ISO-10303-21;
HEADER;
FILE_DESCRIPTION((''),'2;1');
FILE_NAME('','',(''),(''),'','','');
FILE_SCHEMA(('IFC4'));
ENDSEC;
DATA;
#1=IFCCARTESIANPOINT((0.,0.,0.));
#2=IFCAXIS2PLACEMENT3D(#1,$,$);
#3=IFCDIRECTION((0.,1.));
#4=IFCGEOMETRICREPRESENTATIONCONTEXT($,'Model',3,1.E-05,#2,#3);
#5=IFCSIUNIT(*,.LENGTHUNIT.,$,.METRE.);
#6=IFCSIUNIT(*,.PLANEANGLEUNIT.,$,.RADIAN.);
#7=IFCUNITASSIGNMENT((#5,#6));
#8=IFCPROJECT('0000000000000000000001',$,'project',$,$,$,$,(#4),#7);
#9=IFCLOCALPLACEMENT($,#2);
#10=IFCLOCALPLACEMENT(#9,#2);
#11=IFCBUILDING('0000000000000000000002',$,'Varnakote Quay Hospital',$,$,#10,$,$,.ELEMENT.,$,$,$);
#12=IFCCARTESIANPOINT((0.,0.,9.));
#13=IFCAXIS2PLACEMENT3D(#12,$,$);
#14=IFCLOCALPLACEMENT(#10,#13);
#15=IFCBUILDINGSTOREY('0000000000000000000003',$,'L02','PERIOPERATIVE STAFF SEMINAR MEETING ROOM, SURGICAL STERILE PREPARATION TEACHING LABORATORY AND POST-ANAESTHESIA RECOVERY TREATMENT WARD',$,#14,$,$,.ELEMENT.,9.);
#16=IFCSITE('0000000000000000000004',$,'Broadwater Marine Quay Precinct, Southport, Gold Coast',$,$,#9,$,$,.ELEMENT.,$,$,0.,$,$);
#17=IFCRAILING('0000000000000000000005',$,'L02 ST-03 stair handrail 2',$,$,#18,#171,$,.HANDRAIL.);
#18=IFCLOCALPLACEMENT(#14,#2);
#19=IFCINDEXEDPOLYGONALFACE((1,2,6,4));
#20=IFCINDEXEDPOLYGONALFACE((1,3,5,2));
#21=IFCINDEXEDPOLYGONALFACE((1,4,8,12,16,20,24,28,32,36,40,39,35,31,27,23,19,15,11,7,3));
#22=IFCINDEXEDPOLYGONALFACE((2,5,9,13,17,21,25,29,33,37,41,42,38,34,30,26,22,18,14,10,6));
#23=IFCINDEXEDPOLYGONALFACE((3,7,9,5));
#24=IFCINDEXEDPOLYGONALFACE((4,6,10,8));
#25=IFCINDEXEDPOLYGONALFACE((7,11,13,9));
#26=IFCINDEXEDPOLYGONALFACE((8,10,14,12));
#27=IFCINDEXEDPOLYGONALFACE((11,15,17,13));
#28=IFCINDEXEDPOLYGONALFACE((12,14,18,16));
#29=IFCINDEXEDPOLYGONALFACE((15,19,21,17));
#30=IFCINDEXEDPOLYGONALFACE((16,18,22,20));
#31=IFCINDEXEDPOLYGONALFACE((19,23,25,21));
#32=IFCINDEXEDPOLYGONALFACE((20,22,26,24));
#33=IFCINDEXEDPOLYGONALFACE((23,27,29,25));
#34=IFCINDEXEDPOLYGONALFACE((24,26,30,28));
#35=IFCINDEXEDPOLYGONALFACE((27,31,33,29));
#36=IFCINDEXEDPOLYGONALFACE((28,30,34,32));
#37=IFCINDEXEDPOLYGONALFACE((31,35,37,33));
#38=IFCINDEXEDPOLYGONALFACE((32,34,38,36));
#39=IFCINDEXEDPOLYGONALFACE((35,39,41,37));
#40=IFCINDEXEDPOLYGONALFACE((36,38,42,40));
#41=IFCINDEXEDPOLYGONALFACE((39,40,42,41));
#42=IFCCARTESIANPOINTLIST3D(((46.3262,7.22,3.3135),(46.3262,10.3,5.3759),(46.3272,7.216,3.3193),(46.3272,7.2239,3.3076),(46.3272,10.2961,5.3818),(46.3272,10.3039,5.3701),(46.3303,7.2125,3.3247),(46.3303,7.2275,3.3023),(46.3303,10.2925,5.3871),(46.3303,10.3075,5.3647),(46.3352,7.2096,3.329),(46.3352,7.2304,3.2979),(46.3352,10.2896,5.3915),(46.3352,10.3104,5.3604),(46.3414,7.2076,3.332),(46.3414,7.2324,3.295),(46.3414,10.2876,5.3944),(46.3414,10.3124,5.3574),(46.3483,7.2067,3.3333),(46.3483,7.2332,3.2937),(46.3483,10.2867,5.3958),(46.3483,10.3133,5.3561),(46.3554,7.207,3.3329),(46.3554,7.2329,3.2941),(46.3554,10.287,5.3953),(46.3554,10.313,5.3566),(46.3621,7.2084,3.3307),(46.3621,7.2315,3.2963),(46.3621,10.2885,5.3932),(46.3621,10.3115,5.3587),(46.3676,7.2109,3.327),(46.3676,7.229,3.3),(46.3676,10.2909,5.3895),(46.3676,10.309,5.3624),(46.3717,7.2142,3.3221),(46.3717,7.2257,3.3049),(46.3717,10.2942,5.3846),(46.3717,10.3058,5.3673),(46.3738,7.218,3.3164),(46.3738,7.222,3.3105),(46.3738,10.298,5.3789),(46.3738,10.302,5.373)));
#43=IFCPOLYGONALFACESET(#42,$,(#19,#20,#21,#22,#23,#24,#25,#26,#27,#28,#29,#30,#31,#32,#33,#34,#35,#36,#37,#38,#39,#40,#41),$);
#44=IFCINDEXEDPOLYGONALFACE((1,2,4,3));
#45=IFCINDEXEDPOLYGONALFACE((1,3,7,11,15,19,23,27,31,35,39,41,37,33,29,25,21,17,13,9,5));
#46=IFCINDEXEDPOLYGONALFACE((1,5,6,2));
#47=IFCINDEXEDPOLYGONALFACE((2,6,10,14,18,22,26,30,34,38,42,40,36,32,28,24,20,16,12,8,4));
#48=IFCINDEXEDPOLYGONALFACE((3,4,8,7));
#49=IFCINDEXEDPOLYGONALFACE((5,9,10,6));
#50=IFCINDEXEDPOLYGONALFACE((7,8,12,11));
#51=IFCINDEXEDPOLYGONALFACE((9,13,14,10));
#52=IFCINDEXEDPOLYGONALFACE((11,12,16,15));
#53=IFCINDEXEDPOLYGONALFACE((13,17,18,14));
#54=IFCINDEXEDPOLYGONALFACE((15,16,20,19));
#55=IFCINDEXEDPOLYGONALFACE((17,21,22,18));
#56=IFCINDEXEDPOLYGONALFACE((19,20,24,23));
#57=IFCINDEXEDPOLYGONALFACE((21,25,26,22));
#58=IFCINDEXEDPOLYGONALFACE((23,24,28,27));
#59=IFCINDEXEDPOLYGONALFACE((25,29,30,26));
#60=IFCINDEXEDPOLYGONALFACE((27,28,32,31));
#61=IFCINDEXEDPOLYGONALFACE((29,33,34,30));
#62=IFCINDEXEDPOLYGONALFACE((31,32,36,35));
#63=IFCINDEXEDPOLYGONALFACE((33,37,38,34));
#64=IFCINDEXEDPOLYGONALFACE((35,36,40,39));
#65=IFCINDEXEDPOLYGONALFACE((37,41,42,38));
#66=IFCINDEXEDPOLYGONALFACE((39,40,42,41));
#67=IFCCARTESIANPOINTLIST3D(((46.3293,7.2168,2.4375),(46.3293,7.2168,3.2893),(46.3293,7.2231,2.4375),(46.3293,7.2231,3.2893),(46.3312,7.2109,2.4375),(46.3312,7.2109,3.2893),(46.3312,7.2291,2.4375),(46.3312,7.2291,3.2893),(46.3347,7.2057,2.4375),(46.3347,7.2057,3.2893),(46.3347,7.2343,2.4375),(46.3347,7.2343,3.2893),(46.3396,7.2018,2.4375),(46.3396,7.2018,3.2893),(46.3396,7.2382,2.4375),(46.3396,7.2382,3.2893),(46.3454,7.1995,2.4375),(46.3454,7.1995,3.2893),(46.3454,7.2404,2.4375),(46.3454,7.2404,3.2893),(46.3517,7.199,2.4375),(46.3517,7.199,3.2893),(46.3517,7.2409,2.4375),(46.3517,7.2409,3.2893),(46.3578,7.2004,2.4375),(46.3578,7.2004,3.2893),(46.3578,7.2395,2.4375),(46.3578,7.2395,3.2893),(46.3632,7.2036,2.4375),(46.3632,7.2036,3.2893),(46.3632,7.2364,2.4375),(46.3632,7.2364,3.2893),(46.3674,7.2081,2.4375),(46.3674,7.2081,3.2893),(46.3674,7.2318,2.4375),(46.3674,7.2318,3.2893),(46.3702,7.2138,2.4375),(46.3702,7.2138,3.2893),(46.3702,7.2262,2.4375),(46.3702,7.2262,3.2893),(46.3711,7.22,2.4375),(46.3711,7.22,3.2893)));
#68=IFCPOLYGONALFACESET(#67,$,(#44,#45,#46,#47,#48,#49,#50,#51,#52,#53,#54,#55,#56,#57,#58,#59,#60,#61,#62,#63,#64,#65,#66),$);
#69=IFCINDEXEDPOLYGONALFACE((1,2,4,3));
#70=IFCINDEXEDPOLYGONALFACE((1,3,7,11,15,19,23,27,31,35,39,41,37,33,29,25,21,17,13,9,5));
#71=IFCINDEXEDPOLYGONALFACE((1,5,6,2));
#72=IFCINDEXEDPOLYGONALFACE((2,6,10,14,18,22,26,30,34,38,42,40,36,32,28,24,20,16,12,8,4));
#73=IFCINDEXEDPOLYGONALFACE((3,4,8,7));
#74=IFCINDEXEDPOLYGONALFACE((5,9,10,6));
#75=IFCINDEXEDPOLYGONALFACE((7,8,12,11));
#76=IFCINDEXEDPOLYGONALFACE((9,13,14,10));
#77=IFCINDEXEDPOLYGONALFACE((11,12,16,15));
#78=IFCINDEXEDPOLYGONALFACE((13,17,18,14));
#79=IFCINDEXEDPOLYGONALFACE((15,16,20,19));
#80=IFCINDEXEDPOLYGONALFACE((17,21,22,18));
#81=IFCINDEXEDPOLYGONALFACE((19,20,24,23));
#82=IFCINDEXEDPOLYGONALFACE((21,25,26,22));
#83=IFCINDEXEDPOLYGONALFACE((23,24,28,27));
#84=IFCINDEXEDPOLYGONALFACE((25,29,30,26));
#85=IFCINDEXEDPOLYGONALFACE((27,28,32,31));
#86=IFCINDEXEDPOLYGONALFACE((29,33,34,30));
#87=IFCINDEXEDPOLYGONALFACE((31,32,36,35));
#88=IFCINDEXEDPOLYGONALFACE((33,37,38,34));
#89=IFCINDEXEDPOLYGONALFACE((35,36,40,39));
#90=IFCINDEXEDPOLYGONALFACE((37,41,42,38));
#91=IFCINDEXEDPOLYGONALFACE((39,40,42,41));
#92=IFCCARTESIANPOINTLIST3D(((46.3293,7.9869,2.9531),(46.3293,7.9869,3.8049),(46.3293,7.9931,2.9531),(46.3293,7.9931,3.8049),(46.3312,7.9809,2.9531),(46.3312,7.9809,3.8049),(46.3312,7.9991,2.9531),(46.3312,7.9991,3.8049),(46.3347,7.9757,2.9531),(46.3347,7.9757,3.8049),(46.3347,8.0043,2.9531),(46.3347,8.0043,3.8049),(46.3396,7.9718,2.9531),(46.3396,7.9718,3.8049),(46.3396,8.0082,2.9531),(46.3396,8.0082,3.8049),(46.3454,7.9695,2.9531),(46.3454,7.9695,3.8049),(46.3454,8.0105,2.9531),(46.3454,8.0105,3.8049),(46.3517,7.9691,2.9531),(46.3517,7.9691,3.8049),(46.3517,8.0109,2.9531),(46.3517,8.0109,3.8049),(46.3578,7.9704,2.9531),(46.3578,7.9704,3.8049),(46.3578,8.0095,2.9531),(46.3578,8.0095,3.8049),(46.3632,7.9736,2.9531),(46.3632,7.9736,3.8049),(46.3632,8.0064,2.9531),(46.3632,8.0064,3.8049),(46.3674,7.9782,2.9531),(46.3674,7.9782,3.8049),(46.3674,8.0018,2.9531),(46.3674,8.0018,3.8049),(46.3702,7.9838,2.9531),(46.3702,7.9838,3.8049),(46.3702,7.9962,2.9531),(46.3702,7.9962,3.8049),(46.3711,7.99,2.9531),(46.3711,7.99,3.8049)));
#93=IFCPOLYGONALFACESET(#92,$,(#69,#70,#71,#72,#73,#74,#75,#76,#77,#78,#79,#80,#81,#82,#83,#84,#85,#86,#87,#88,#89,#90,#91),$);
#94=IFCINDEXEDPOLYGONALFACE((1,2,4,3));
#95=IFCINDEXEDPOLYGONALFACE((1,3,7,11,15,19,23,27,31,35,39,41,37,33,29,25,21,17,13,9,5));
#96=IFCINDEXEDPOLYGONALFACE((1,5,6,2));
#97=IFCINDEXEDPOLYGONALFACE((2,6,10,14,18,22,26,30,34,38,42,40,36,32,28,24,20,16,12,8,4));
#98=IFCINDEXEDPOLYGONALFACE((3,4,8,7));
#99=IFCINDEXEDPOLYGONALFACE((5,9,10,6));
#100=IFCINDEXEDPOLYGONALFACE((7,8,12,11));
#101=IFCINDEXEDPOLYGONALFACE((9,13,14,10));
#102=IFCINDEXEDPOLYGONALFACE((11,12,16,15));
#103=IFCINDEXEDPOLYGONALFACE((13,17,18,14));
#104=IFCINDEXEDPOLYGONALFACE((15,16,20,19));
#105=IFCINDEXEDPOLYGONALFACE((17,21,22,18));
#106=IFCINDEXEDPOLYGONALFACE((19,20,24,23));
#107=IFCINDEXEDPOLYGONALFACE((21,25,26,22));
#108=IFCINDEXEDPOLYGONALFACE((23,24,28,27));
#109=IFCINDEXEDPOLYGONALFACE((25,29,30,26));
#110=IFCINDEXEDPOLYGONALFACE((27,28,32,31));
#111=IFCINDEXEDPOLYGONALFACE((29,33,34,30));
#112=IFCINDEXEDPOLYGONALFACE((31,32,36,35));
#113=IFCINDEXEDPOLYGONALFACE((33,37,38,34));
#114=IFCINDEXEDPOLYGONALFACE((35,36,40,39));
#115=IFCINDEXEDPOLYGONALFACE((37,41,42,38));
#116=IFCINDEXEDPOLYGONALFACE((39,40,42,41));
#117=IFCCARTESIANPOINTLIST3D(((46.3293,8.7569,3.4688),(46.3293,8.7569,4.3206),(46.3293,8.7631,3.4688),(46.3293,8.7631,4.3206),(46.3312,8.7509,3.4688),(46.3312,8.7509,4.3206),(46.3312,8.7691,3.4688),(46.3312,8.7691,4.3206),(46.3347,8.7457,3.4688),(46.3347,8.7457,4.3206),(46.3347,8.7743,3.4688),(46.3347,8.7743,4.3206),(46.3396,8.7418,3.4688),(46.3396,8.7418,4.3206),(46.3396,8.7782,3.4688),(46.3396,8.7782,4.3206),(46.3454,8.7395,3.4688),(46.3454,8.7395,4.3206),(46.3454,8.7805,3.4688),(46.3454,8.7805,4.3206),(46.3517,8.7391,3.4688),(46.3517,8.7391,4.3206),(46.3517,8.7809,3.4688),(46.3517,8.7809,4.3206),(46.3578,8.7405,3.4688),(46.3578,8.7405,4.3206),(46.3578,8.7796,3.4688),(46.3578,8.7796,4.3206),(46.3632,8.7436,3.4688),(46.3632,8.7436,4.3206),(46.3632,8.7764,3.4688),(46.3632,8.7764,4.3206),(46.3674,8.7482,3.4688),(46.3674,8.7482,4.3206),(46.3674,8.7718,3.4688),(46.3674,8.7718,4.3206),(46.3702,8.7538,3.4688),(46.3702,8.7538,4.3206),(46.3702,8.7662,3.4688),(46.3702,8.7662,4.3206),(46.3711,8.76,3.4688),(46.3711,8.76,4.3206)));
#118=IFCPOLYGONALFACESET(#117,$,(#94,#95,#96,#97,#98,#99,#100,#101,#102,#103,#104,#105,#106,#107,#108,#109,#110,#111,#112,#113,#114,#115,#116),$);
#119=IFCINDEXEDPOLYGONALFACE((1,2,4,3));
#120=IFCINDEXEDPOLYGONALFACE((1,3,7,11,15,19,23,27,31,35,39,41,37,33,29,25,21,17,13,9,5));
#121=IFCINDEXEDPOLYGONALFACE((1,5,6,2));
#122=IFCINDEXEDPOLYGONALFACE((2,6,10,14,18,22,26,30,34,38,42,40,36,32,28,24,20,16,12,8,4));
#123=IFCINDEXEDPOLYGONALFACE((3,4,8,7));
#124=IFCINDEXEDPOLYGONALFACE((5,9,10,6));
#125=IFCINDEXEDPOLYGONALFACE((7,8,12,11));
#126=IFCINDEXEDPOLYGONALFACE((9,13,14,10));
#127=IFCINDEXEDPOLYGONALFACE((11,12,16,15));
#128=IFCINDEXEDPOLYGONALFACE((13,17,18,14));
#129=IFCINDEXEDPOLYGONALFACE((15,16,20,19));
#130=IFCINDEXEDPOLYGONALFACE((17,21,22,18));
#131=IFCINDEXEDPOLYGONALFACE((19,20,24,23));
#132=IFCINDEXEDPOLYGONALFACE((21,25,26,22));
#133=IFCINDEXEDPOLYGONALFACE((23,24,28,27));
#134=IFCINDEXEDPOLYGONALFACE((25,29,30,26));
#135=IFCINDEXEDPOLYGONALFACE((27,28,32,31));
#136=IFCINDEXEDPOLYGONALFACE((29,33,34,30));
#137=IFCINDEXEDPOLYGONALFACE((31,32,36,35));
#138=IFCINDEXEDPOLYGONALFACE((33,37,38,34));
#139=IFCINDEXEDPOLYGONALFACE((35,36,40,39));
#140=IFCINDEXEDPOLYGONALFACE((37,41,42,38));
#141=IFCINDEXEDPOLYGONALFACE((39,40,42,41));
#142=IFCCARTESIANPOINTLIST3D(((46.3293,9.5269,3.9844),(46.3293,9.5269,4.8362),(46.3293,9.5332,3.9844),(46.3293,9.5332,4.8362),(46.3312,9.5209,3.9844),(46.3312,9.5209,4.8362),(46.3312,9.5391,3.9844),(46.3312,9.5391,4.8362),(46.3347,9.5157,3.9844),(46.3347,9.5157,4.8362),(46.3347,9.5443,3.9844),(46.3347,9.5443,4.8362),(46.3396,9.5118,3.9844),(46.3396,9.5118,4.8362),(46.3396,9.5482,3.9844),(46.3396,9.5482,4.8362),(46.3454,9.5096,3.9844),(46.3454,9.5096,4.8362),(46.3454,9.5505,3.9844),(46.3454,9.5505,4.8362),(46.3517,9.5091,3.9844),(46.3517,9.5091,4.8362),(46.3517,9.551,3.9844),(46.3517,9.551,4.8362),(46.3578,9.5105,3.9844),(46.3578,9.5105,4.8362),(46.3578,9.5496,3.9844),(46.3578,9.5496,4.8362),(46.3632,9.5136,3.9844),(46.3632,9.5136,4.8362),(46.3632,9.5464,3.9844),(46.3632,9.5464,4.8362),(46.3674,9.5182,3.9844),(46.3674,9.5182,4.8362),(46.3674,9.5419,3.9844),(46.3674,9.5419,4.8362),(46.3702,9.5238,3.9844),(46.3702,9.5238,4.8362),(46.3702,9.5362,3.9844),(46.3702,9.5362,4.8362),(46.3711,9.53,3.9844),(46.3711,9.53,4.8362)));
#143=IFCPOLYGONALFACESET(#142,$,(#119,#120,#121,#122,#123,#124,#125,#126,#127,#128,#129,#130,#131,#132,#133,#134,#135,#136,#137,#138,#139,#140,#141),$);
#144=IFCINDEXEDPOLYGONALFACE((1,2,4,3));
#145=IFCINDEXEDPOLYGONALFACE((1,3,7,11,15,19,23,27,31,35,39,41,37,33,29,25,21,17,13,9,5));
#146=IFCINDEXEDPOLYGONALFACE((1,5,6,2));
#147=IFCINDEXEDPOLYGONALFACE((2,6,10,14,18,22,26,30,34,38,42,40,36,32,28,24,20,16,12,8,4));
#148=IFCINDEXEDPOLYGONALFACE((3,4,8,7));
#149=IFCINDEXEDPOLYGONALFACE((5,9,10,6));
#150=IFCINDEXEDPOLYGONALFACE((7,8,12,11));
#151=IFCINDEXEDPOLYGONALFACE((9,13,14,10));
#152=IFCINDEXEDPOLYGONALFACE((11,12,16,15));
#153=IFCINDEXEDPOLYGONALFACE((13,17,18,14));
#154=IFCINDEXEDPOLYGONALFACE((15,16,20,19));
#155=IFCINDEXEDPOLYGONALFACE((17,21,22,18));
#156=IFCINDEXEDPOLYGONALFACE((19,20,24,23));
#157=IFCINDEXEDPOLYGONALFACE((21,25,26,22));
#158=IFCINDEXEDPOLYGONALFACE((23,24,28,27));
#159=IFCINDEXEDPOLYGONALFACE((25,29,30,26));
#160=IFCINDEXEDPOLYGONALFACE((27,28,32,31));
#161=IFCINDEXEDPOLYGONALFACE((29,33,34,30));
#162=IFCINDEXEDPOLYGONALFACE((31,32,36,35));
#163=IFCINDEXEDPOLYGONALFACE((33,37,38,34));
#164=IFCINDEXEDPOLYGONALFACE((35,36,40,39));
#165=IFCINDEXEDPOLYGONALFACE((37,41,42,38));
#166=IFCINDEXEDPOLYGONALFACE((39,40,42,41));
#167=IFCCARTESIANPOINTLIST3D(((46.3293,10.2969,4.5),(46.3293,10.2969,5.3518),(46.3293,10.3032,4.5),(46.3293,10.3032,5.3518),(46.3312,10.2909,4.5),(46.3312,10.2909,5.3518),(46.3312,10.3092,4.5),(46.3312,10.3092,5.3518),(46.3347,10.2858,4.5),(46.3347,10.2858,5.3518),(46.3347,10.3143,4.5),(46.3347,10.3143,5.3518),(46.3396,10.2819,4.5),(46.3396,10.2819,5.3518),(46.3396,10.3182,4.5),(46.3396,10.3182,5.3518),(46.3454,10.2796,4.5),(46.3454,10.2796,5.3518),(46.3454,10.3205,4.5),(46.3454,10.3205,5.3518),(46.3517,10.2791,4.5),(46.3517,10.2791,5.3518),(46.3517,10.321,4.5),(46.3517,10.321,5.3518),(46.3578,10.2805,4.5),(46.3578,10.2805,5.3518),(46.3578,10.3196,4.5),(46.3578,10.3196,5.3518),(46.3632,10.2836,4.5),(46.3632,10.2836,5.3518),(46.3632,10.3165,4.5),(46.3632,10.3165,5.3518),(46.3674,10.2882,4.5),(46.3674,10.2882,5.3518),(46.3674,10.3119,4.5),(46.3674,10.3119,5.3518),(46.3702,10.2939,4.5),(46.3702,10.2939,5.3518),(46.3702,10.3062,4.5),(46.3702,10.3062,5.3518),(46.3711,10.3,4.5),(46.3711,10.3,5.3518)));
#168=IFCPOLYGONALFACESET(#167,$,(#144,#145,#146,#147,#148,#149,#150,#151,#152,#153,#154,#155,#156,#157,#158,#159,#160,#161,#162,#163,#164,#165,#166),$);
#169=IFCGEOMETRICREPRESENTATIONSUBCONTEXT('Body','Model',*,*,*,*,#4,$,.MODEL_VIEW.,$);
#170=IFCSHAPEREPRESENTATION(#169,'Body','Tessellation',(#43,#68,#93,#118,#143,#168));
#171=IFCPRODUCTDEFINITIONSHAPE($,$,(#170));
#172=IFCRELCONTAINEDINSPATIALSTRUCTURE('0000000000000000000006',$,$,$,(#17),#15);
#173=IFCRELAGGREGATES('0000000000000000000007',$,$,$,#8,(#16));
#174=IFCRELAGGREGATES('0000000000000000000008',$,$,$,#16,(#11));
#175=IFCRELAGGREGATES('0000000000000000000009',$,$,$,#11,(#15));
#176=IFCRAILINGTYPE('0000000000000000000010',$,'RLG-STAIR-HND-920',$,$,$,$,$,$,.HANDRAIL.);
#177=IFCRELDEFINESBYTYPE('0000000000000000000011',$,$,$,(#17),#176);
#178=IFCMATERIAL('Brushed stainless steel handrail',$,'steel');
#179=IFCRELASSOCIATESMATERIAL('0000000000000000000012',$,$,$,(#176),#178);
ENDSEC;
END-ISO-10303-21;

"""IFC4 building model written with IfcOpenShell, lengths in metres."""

from ifc_helpers import new_model, si_unit, direction, frame, origin, origin_2d, place, context, subcontext, project, spatial, circle, extrude, material, type_object, element, save


model = new_model("IFC4")

# Units and contexts
model_context = context("Model", 3, precision=1e-05, world=origin(), true_north=direction((0.0, 1.0)))
body_context = subcontext(model_context, "Body", "Model", "MODEL_VIEW")
ifc_project = project(units=[si_unit("LENGTHUNIT", "METRE"), si_unit("PLANEANGLEUNIT", "RADIAN")], contexts=[model_context])

# Site, building, storey
site_placement = place(None, origin())
site = spatial("IfcSite", under=ifc_project, at=site_placement, Name="Broadwater Marine Quay Precinct, Southport, Gold Coast", CompositionType="ELEMENT", RefElevation=0.0)
building_placement = place(site_placement, origin())
building = spatial("IfcBuilding", under=site, at=building_placement, Name="Varnakote Quay Hospital", CompositionType="ELEMENT")
storey_placement = place(building_placement, frame((0.0, 0.0, 9.0)))
storey = spatial("IfcBuildingStorey", under=building, at=storey_placement, Name="L02", Description="PERIOPERATIVE STAFF SEMINAR MEETING ROOM, SURGICAL STERILE PREPARATION TEACHING LABORATORY AND POST-ANAESTHESIA RECOVERY TREATMENT WARD", CompositionType="ELEMENT", Elevation=9.0)

# Railing
ifc_material_1 = material(Name="Brushed stainless steel handrail", Category="steel")
railing_type_1 = type_object("IfcRailingType", Name="RLG-STAIR-HND-920", PredefinedType="HANDRAIL", material=ifc_material_1)
railing_1_placement = place(storey_placement, frame((46.3501, 7.22, 2.4375)))
element("IfcRailing", 1, at=railing_1_placement, inside=storey, type_object=railing_type_1, Name="L02 ST-03 stair handrail 2", PredefinedType="HANDRAIL", context=body_context, shape_type="SweptSolid", body=[
    extrude(circle(Radius=0.0239, at=origin_2d()), frame((0.0, 0.0, 0.876), z_axis=(0.0, 0.830914, 0.556401), x_axis=(-1.0, 0.0, 0.0)), (0.0, 0.0, 1.0), 3.7068),
    extrude(circle(Radius=0.021, at=origin_2d()), origin(), (0.0, 0.0, 1.0), 0.8518),
    extrude(circle(Radius=0.021, at=origin_2d()), frame((0.0, 0.77, 0.5156)), (0.0, 0.0, 1.0), 0.8518),
    extrude(circle(Radius=0.021, at=origin_2d()), frame((0.0, 1.54, 1.0312)), (0.0, 0.0, 1.0), 0.8518),
    extrude(circle(Radius=0.021, at=origin_2d()), frame((0.0, 2.3101, 1.5469)), (0.0, 0.0, 1.0), 0.8518),
    extrude(circle(Radius=0.021, at=origin_2d()), frame((0.0, 3.0801, 2.0625)), (0.0, 0.0, 1.0), 0.8518),
])

save(model, "model.ifc")
